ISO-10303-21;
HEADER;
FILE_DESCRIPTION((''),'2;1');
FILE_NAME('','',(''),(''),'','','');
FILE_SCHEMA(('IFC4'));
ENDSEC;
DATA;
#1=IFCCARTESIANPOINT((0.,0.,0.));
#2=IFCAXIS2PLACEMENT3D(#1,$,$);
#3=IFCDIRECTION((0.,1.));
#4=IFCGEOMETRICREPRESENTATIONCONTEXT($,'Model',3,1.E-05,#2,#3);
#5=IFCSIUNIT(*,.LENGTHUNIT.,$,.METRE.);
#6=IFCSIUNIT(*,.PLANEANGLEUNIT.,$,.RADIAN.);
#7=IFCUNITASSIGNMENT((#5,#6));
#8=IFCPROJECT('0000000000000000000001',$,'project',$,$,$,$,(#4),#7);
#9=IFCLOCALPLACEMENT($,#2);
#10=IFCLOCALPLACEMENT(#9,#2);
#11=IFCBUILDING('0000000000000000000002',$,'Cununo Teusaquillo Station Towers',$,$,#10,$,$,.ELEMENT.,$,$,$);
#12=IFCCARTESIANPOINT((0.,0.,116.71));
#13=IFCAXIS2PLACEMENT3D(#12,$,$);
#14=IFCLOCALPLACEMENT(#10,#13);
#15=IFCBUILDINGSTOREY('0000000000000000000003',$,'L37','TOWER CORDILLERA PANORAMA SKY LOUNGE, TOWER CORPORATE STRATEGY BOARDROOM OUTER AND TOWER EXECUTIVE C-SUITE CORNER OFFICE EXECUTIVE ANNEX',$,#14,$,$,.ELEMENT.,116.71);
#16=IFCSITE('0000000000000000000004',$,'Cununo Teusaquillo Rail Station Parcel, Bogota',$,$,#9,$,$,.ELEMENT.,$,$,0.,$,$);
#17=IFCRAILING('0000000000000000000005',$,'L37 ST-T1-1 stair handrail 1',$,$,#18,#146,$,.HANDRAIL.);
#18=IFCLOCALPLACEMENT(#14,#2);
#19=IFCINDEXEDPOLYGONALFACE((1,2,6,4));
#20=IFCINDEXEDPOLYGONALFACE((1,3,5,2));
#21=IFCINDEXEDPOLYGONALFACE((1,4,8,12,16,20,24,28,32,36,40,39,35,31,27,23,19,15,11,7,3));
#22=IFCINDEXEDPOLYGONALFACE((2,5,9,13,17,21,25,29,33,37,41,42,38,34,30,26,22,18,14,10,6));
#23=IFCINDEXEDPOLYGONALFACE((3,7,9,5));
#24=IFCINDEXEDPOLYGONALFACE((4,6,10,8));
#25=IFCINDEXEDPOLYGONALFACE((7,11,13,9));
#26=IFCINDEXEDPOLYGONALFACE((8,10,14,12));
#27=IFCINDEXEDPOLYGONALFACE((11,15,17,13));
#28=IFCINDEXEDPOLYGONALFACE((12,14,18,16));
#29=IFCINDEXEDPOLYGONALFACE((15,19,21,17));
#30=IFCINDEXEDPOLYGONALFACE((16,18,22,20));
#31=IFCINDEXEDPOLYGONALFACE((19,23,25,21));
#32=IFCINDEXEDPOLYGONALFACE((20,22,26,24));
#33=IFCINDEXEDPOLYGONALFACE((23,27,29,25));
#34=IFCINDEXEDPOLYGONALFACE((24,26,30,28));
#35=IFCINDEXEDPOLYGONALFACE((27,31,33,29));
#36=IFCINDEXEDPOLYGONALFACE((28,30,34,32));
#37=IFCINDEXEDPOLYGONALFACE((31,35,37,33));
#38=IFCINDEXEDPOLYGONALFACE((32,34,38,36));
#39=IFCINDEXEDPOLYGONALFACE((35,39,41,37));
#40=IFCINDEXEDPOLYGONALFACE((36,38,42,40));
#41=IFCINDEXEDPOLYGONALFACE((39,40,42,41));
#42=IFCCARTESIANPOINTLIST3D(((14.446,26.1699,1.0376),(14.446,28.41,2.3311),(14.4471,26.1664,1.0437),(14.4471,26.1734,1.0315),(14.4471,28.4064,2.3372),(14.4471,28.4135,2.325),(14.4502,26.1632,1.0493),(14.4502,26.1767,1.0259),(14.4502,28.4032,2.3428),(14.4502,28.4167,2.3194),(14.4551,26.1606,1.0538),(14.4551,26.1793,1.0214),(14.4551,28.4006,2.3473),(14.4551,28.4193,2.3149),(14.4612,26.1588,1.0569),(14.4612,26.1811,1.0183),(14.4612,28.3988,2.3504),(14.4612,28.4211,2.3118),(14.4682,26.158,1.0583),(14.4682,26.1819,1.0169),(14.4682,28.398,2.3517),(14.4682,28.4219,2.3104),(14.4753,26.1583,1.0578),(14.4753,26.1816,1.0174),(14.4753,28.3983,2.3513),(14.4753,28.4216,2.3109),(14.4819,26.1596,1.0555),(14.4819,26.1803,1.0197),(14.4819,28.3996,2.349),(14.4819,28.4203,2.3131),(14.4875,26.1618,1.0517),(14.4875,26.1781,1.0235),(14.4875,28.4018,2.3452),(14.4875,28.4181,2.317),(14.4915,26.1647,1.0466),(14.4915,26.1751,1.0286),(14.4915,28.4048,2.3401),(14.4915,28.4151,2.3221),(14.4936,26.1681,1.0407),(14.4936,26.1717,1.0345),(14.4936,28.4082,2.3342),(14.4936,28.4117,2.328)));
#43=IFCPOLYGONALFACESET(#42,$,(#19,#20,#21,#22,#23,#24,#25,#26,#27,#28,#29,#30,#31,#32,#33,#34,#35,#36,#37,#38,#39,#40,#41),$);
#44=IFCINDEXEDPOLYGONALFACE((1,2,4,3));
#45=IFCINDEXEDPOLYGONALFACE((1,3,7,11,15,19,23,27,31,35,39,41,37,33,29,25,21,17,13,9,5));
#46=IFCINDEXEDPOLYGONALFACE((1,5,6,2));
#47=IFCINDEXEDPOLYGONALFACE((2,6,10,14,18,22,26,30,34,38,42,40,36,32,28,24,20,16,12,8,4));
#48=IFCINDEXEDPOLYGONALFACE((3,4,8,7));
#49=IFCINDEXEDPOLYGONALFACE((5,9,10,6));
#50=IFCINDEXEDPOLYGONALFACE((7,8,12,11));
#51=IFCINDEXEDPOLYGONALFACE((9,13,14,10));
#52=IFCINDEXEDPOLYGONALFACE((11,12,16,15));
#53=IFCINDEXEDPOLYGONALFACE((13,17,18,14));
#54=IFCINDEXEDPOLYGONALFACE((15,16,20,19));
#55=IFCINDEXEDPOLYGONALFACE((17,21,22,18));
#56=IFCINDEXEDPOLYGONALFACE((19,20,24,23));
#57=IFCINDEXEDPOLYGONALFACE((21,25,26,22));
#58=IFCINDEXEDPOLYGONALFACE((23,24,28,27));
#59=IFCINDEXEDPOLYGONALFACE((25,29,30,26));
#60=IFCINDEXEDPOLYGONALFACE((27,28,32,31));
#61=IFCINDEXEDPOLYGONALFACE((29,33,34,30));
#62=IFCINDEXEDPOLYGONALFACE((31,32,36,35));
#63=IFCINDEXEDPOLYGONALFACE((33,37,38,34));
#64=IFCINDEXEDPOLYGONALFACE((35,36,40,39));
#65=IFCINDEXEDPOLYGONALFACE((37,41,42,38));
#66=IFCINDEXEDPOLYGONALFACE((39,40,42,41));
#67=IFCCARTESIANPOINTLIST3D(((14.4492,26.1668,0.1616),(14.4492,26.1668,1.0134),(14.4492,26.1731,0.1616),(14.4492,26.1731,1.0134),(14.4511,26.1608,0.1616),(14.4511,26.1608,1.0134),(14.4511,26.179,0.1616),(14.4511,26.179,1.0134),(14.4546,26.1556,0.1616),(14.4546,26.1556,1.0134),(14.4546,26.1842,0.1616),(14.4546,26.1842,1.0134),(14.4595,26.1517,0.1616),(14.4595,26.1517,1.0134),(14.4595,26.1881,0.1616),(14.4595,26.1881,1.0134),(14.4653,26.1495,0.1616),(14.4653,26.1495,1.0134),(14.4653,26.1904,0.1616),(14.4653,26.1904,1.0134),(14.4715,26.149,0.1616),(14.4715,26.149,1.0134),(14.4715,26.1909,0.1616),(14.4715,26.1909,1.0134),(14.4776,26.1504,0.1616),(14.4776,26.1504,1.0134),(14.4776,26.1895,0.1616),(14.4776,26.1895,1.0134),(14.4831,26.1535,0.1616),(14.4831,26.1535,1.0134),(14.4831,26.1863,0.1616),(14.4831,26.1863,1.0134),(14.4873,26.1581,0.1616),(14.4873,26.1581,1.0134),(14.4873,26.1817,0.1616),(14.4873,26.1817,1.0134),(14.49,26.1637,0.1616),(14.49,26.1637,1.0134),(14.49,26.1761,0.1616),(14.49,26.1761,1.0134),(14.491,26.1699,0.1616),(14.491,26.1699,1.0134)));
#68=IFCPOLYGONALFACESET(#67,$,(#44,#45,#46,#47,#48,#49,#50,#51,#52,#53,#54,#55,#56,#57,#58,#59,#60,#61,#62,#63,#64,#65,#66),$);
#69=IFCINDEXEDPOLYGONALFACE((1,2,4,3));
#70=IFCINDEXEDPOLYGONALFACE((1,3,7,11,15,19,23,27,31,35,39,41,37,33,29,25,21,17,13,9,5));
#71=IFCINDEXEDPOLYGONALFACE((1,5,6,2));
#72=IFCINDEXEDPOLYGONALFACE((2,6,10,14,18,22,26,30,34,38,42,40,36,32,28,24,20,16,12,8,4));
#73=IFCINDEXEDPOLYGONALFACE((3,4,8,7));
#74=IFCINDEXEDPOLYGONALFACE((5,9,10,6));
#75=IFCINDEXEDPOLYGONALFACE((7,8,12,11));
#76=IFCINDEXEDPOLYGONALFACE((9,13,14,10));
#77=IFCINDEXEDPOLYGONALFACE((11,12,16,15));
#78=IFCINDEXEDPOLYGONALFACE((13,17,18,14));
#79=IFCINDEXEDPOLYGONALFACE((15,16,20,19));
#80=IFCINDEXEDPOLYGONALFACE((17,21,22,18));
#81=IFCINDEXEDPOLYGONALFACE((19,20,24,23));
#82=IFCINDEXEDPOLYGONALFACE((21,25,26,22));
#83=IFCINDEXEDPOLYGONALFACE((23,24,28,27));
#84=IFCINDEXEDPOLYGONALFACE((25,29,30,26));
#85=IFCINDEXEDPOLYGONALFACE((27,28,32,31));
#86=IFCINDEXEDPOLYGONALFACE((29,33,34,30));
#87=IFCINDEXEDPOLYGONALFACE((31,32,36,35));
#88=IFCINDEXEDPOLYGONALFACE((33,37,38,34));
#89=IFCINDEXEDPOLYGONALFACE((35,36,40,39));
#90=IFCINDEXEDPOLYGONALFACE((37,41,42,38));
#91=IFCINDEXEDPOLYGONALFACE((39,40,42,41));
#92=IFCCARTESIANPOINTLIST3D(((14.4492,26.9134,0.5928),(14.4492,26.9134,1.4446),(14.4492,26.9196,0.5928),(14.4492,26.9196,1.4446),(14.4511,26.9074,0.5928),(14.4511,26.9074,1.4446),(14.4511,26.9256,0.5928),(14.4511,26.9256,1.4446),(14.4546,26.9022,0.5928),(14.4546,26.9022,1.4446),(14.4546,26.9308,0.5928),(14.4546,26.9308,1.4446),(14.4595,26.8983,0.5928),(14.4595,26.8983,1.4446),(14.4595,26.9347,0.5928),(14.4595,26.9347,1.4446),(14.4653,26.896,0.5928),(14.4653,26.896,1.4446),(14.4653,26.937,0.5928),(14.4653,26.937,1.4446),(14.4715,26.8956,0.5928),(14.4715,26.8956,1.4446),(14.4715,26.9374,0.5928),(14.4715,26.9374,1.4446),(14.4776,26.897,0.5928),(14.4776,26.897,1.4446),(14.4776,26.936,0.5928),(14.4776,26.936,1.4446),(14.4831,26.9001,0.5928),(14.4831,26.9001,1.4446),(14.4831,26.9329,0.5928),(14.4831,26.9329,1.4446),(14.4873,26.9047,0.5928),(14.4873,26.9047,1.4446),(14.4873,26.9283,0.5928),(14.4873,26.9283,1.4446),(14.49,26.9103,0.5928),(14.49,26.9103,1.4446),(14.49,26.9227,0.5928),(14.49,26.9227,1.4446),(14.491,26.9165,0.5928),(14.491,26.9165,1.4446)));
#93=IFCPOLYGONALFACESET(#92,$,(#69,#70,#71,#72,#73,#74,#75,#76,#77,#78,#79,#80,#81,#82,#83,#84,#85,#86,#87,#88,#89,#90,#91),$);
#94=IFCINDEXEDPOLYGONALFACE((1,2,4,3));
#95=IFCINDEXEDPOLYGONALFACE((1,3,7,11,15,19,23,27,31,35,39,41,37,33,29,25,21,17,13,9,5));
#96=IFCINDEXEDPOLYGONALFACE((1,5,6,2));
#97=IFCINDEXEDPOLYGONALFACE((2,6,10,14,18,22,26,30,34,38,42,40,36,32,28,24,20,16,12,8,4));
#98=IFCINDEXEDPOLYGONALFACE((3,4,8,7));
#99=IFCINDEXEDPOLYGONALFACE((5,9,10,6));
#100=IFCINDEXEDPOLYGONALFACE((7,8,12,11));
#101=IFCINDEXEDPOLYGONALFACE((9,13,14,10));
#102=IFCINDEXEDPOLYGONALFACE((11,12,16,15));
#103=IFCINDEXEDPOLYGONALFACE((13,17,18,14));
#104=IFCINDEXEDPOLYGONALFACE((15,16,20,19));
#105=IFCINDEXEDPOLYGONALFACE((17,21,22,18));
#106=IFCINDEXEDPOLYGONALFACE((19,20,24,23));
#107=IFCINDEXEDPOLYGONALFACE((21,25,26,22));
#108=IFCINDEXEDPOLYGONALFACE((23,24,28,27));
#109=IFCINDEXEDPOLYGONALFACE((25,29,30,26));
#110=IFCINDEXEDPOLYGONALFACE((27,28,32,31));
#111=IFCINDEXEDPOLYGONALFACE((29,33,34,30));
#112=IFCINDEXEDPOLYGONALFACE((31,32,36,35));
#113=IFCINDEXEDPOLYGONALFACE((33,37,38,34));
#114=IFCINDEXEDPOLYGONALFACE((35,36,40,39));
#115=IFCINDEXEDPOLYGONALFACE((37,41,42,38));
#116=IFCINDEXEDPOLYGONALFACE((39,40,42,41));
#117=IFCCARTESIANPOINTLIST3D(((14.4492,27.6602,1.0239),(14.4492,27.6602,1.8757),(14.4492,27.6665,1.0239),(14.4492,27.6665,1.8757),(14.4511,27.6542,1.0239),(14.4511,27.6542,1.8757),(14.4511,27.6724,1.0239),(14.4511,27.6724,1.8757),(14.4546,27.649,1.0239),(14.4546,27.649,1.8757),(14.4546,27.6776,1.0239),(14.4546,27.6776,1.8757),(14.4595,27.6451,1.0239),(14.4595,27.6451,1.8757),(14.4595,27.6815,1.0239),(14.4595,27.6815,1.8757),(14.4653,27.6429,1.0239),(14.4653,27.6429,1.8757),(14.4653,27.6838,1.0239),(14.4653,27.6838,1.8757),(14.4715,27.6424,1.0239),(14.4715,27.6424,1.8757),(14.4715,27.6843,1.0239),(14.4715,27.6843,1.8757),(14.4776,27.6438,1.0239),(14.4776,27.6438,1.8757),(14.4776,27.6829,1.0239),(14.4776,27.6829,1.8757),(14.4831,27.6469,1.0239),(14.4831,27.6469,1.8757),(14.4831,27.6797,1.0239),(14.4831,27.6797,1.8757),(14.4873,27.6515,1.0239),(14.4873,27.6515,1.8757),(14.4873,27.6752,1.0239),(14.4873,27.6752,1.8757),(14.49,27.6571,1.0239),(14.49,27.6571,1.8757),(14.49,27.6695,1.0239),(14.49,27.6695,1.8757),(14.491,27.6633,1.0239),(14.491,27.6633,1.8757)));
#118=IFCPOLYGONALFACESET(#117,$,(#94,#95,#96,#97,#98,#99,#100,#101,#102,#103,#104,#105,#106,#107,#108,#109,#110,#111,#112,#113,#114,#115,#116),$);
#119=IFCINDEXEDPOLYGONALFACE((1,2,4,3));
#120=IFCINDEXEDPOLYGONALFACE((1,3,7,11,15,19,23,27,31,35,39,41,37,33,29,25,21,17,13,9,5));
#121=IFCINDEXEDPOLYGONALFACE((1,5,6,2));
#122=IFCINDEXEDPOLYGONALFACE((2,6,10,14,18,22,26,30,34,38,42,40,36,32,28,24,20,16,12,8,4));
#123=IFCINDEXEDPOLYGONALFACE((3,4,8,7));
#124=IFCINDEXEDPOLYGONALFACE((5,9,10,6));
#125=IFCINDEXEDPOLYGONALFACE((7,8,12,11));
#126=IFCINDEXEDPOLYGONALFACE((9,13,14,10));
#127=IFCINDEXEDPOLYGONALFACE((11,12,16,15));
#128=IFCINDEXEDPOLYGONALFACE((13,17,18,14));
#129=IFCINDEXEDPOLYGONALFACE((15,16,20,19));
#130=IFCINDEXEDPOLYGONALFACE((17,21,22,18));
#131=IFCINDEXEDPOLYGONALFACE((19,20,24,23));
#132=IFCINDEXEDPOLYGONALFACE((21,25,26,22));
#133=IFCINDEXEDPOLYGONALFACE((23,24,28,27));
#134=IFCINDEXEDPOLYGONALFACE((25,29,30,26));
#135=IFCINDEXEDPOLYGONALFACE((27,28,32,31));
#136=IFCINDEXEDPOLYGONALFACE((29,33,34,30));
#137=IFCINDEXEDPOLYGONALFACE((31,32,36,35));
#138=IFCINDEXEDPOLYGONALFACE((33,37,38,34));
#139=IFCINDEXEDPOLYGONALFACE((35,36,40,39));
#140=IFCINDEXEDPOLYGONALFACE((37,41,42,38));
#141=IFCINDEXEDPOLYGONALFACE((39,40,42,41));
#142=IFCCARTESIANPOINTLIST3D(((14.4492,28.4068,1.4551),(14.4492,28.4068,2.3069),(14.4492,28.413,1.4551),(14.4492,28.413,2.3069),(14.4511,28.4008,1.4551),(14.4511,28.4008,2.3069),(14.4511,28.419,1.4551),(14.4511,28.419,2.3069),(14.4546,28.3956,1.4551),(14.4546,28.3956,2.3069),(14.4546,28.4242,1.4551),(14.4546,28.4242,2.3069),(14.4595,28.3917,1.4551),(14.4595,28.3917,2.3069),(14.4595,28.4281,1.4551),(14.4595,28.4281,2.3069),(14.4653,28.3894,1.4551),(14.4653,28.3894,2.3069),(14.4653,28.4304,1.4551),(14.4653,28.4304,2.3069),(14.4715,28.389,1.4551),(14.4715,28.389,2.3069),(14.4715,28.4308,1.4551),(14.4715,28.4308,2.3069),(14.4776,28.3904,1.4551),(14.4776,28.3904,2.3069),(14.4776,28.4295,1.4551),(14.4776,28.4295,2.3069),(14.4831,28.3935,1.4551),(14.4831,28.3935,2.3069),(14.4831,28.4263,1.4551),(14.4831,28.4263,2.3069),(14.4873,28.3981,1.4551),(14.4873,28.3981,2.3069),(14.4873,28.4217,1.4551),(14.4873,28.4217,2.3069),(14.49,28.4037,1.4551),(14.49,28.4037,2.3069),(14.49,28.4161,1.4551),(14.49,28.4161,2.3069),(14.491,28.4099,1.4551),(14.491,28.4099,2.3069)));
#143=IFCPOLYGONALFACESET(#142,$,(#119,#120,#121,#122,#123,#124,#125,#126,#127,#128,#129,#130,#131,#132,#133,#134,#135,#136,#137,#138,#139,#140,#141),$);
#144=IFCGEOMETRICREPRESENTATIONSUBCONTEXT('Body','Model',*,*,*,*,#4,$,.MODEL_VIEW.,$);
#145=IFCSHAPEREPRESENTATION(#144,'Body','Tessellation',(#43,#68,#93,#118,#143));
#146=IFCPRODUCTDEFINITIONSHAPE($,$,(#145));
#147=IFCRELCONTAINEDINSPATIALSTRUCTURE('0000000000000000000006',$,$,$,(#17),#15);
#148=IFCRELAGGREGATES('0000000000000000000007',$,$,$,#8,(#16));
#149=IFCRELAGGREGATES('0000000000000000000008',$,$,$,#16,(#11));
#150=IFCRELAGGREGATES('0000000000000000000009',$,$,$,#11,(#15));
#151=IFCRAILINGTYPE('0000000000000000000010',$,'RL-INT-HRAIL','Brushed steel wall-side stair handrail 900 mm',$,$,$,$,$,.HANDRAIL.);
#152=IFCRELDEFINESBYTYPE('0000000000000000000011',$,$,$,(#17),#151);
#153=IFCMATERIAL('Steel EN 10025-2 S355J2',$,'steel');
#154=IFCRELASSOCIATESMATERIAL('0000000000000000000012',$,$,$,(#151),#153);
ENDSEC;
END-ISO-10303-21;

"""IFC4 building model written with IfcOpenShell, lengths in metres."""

from ifc_helpers import new_model, si_unit, direction, frame, origin, origin_2d, place, context, subcontext, project, spatial, circle, extrude, material, type_object, element, save


model = new_model("IFC4")

# Units and contexts
model_context = context("Model", 3, precision=1e-05, world=origin(), true_north=direction((0.0, 1.0)))
body_context = subcontext(model_context, "Body", "Model", "MODEL_VIEW")
ifc_project = project(units=[si_unit("LENGTHUNIT", "METRE"), si_unit("PLANEANGLEUNIT", "RADIAN")], contexts=[model_context])

# Site, building, storey
site_placement = place(None, origin())
site = spatial("IfcSite", under=ifc_project, at=site_placement, Name="Cununo Teusaquillo Rail Station Parcel, Bogota", CompositionType="ELEMENT", RefElevation=0.0)
building_placement = place(site_placement, origin())
building = spatial("IfcBuilding", under=site, at=building_placement, Name="Cununo Teusaquillo Station Towers", CompositionType="ELEMENT")
storey_placement = place(building_placement, frame((0.0, 0.0, 116.71)))
storey = spatial("IfcBuildingStorey", under=building, at=storey_placement, Name="L37", Description="TOWER CORDILLERA PANORAMA SKY LOUNGE, TOWER CORPORATE STRATEGY BOARDROOM OUTER AND TOWER EXECUTIVE C-SUITE CORNER OFFICE EXECUTIVE ANNEX", CompositionType="ELEMENT", Elevation=116.71)

# Railing
ifc_material_1 = material(Name="Steel EN 10025-2 S355J2", Category="steel")
railing_type_1 = type_object("IfcRailingType", Name="RL-INT-HRAIL", Description="Brushed steel wall-side stair handrail 900 mm", PredefinedType="HANDRAIL", material=ifc_material_1)
railing_1_placement = place(storey_placement, frame((14.47, 26.1699, 0.1616)))
element("IfcRailing", 1, at=railing_1_placement, inside=storey, type_object=railing_type_1, Name="L37 ST-T1-1 stair handrail 1", PredefinedType="HANDRAIL", context=body_context, shape_type="SweptSolid", body=[
    extrude(circle(Radius=0.0239, at=origin_2d()), frame((0.0, 0.0, 0.876), z_axis=(0.0, 0.865992, 0.500057), x_axis=(-1.0, 0.0, 0.0)), (0.0, 0.0, 1.0), 2.5867),
    extrude(circle(Radius=0.021, at=origin_2d()), origin(), (0.0, 0.0, 1.0), 0.8518),
    extrude(circle(Radius=0.021, at=origin_2d()), frame((0.0, 0.7466, 0.4312)), (0.0, 0.0, 1.0), 0.8518),
    extrude(circle(Radius=0.021, at=origin_2d()), frame((0.0, 1.4934, 0.8623)), (0.0, 0.0, 1.0), 0.8518),
    extrude(circle(Radius=0.021, at=origin_2d()), frame((0.0, 2.24, 1.2935)), (0.0, 0.0, 1.0), 0.8518),
])

save(model, "model.ifc")
